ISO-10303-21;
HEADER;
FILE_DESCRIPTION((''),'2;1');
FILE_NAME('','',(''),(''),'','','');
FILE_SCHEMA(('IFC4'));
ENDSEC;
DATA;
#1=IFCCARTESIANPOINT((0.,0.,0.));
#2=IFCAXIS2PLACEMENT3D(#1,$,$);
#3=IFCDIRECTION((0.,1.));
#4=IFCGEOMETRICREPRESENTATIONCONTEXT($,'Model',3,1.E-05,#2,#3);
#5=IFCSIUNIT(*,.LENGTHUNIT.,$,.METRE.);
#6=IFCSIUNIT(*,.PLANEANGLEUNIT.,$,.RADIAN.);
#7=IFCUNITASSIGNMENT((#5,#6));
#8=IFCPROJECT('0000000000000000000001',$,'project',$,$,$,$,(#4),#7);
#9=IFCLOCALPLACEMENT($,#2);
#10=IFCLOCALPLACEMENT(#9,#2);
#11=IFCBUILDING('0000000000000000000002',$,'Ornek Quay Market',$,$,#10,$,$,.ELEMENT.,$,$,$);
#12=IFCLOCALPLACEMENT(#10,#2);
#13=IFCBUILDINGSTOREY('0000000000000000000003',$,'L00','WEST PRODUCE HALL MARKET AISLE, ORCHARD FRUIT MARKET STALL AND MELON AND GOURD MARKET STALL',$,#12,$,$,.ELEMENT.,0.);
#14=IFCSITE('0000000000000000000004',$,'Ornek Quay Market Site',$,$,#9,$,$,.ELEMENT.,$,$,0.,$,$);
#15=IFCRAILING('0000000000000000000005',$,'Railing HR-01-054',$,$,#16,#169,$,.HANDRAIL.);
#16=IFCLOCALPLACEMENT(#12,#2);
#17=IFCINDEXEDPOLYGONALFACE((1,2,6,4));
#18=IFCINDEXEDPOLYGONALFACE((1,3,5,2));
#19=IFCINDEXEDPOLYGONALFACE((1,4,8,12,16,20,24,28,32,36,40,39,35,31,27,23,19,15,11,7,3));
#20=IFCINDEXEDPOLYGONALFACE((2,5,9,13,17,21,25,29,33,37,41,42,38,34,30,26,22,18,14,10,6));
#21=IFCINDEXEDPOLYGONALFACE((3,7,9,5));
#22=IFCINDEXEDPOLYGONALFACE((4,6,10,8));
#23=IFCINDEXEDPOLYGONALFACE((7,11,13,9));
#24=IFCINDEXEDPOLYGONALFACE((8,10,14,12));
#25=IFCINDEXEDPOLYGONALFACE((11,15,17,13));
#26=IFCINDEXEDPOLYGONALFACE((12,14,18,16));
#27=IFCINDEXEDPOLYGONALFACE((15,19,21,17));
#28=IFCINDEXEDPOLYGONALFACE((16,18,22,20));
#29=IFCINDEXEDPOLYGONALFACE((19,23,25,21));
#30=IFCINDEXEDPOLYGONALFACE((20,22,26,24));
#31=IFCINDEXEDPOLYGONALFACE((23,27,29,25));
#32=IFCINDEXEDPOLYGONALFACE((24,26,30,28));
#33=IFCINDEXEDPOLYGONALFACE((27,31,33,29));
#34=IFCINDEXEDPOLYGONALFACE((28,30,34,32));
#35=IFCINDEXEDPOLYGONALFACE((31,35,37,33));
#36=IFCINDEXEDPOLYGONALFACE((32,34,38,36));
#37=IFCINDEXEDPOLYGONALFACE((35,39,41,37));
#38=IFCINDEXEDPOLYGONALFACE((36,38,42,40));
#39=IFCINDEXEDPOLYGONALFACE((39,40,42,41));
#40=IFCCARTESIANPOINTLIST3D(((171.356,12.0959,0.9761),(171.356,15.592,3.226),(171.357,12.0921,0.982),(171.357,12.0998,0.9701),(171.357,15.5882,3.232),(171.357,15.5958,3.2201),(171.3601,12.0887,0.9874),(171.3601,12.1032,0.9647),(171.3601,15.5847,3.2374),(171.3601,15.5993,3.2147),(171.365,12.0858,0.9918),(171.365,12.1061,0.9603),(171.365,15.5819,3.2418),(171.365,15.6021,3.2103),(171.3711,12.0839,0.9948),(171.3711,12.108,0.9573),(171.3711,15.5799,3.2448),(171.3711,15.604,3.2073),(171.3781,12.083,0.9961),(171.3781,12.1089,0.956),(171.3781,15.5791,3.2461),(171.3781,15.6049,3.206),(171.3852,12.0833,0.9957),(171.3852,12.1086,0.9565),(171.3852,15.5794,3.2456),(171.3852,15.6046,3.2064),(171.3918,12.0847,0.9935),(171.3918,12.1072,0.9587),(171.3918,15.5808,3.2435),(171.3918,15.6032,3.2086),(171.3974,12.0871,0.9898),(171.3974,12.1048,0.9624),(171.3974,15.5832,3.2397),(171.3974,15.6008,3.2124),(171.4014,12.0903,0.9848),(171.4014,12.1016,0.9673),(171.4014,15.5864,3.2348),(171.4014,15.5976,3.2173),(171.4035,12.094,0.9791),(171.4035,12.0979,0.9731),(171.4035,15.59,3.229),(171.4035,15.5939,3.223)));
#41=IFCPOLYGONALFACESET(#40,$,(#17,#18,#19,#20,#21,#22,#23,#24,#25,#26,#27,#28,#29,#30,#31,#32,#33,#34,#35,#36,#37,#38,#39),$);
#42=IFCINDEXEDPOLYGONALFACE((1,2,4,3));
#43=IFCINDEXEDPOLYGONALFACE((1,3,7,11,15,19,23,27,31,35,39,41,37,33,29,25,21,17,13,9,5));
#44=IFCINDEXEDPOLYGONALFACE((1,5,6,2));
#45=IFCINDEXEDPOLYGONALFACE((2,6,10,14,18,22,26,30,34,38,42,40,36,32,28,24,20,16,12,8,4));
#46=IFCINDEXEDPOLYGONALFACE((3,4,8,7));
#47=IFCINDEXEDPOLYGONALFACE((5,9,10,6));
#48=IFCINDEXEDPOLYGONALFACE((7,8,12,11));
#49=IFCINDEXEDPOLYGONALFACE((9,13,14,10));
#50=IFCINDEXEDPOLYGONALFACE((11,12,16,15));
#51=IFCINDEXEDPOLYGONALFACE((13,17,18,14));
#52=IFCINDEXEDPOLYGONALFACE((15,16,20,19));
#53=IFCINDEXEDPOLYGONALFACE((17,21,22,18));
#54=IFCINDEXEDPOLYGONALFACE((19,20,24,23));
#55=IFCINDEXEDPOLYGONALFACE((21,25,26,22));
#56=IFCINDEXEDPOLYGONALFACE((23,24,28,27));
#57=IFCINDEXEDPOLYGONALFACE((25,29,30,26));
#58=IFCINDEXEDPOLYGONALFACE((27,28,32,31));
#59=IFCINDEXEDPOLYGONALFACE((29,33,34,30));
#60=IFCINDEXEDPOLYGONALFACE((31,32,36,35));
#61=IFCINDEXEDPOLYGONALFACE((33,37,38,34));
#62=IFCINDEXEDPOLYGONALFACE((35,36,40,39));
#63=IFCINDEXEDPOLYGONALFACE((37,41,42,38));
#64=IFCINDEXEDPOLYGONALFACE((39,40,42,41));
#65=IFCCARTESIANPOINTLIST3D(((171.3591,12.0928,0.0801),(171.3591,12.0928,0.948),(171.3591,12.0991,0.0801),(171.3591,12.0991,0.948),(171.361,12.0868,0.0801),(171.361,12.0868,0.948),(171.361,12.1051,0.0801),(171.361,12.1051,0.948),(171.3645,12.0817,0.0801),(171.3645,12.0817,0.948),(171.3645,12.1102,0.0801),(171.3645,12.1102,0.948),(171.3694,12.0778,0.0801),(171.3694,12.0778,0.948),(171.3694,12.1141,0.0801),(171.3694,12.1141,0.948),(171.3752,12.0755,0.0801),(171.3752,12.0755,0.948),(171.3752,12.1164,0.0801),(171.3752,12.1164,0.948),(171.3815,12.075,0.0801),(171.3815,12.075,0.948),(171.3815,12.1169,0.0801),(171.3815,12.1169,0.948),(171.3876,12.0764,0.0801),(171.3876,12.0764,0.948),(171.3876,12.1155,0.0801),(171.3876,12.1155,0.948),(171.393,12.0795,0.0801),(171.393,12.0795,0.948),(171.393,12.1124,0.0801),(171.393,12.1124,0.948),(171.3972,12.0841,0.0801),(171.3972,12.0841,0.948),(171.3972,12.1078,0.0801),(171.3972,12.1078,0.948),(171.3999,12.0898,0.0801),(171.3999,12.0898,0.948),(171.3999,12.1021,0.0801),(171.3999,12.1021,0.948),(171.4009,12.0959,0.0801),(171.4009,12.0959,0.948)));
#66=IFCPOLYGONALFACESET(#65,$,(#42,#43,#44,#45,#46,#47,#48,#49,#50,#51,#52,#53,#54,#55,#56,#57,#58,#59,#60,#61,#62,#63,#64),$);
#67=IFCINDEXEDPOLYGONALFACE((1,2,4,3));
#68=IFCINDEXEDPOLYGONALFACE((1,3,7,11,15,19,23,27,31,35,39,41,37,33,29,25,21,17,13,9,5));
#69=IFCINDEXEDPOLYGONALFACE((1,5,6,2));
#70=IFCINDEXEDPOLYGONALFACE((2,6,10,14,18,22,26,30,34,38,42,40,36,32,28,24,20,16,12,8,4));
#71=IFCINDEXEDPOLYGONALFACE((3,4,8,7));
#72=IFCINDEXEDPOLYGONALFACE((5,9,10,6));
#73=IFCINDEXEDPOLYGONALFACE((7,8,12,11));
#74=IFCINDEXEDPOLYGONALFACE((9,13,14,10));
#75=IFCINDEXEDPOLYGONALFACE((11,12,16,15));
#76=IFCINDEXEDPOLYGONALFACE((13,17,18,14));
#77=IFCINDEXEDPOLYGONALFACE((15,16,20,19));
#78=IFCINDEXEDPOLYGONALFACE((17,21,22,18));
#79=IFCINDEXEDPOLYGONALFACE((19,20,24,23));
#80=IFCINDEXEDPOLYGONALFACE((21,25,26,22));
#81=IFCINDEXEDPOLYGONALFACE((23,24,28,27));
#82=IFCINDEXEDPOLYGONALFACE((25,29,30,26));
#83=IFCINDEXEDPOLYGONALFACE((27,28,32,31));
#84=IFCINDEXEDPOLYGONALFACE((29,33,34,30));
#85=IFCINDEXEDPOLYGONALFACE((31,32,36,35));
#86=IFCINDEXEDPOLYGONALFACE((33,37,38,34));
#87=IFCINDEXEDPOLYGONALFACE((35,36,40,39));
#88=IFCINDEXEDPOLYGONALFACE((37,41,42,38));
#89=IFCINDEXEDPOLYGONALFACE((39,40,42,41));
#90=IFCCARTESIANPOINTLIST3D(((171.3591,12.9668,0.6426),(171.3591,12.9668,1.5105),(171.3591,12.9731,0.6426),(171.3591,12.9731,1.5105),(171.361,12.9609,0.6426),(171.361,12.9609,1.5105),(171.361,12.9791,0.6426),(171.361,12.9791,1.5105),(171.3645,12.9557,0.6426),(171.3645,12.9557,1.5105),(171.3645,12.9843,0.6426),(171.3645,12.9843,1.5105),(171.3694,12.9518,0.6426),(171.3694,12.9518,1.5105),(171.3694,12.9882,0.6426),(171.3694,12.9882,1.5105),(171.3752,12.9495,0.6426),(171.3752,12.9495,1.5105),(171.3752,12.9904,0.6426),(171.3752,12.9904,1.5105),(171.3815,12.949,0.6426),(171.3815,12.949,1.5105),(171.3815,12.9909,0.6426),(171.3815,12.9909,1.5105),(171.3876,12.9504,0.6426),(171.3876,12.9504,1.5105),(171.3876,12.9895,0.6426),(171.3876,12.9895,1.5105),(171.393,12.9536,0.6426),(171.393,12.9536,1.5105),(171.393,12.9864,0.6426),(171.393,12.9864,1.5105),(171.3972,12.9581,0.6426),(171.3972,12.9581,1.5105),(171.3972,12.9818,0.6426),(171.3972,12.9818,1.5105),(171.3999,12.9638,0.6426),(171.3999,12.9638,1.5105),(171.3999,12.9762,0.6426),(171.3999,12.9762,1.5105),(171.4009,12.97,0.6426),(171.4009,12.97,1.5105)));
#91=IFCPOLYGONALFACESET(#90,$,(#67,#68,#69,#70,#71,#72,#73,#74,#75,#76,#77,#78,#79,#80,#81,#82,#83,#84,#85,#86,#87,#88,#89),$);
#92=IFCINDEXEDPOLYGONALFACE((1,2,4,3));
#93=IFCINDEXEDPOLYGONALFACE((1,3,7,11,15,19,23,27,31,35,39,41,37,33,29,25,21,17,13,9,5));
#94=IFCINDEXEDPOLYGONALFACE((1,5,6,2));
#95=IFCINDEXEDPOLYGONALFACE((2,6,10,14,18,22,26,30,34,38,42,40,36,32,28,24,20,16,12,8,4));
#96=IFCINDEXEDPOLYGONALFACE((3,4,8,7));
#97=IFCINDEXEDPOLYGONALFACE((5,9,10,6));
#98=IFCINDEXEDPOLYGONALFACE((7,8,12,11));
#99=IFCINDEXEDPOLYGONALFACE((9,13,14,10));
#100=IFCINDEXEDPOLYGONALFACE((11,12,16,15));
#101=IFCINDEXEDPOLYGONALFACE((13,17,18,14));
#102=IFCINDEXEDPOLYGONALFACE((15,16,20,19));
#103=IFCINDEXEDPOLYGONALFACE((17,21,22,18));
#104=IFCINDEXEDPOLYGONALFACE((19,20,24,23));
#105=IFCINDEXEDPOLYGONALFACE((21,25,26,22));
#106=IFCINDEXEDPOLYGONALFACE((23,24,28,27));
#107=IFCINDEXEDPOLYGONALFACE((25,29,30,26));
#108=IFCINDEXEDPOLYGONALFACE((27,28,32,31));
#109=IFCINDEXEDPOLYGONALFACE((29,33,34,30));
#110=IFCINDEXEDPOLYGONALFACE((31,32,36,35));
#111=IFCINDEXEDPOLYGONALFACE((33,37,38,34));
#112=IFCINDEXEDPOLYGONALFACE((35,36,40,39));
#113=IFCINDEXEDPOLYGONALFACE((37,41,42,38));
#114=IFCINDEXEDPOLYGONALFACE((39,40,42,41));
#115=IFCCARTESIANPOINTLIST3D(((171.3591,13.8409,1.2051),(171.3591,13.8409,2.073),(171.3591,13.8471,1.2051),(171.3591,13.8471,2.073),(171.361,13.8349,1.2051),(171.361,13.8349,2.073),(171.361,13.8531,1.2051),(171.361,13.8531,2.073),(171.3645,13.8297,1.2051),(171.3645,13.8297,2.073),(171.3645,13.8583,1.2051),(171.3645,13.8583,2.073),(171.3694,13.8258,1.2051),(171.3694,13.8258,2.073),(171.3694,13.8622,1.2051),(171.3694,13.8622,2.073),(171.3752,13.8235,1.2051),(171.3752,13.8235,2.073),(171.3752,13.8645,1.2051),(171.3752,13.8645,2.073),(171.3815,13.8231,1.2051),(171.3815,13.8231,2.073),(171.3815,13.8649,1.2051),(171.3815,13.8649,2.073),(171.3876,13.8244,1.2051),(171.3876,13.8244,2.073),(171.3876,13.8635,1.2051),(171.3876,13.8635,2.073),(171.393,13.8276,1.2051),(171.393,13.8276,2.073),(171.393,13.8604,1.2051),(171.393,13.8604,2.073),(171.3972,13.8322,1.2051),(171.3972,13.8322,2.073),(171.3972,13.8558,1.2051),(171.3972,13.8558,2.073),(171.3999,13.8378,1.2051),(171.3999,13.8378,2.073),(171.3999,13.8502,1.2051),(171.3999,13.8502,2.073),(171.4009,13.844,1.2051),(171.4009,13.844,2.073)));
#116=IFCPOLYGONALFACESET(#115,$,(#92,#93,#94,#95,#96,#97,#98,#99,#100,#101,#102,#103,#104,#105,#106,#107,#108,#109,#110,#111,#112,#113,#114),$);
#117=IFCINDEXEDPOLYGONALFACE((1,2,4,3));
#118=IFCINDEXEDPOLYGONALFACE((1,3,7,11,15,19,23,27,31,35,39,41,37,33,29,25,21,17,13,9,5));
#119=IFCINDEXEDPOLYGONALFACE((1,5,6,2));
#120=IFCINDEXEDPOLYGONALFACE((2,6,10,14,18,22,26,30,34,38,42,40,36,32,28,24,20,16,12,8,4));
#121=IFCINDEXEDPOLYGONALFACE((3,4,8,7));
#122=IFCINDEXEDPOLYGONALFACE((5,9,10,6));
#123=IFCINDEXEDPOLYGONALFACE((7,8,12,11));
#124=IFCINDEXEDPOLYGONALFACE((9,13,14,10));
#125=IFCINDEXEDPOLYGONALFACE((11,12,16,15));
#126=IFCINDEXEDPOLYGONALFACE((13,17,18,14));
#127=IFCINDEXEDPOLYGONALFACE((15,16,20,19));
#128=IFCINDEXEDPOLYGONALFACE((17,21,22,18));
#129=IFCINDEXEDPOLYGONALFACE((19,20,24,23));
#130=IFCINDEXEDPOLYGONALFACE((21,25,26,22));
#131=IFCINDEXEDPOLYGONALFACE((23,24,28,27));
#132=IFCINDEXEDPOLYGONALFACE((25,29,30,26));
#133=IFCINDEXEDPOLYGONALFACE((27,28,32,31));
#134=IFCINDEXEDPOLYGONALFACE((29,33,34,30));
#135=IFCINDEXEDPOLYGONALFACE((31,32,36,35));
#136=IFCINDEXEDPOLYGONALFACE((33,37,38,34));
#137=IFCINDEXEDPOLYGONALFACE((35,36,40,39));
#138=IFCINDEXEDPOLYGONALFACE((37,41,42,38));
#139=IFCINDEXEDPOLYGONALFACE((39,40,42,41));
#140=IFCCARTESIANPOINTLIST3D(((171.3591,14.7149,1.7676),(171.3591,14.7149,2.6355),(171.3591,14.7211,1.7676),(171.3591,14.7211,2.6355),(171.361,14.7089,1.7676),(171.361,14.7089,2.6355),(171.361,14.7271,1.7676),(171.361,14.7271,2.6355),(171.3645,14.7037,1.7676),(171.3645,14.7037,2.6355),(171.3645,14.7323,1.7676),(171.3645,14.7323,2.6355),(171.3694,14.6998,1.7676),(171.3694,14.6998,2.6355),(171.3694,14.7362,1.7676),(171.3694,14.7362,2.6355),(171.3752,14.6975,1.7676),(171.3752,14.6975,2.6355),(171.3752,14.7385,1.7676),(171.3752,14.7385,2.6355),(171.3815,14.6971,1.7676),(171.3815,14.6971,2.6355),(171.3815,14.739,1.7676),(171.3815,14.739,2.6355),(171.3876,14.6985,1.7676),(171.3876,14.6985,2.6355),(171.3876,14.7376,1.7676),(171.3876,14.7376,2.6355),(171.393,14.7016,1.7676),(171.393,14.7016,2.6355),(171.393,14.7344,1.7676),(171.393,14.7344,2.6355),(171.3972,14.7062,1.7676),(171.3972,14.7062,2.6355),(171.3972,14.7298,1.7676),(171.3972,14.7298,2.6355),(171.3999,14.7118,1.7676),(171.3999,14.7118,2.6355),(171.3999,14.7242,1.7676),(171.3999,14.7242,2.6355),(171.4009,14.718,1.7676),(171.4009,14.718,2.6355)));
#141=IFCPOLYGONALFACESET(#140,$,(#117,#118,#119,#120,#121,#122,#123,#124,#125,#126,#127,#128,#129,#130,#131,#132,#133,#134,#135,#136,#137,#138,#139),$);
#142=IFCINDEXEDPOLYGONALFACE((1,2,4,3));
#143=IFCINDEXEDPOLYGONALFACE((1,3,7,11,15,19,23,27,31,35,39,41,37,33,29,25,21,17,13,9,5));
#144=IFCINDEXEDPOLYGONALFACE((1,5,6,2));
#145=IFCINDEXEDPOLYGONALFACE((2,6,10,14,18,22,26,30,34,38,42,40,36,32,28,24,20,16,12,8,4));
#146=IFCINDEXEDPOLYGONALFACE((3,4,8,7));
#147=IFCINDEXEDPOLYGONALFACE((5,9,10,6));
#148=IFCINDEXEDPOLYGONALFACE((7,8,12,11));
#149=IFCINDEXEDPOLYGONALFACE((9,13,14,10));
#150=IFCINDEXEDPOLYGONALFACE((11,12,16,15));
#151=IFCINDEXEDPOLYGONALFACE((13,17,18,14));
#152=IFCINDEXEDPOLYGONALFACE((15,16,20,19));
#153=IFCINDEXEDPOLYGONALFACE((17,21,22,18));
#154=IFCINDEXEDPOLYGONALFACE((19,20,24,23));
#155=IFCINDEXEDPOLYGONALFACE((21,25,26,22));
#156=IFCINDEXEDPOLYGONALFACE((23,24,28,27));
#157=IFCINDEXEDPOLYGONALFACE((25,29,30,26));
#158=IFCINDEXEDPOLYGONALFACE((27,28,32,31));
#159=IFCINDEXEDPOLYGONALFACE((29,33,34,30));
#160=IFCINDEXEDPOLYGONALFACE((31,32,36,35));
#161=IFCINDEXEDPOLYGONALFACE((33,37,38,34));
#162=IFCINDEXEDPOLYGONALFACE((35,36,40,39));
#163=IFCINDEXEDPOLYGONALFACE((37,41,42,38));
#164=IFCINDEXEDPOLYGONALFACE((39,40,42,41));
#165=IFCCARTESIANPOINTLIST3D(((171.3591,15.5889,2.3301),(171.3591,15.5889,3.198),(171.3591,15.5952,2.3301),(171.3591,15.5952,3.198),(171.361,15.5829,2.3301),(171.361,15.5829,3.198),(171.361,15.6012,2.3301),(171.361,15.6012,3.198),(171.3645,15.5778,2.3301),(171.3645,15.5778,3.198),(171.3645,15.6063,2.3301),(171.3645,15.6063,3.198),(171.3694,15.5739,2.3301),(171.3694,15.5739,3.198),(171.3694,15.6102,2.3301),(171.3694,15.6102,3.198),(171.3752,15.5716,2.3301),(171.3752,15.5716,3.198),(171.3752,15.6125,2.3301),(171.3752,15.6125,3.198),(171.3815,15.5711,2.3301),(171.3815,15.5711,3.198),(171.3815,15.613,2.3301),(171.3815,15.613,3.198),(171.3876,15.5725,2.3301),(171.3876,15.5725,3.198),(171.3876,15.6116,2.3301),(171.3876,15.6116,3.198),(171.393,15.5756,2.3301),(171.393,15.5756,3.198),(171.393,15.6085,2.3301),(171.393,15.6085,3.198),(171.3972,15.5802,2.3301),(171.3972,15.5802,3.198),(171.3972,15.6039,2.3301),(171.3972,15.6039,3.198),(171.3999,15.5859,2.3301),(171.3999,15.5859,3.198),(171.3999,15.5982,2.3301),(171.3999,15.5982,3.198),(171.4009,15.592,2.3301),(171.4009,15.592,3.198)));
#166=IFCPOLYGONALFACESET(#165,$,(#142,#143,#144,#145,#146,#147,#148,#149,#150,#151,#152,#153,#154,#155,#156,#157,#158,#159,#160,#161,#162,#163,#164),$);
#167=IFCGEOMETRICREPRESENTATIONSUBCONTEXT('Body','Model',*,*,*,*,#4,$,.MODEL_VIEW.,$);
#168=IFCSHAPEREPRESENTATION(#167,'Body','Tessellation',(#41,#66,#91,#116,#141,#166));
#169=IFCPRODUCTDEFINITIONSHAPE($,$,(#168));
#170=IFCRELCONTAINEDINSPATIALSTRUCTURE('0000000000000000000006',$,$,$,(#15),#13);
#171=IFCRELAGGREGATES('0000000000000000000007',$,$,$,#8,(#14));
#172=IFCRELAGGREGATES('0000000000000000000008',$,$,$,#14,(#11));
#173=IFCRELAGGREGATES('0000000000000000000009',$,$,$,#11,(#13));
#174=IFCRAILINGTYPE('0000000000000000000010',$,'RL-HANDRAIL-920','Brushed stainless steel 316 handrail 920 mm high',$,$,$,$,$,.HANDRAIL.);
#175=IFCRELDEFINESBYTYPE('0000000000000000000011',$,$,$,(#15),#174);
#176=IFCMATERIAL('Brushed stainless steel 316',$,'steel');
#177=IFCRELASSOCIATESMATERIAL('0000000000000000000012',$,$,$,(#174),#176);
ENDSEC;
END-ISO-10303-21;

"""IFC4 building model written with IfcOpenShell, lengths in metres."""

from ifc_helpers import new_model, si_unit, direction, frame, origin, origin_2d, place, context, subcontext, project, spatial, circle, extrude, material, type_object, element, save


model = new_model("IFC4")

# Units and contexts
model_context = context("Model", 3, precision=1e-05, world=origin(), true_north=direction((0.0, 1.0)))
body_context = subcontext(model_context, "Body", "Model", "MODEL_VIEW")
ifc_project = project(units=[si_unit("LENGTHUNIT", "METRE"), si_unit("PLANEANGLEUNIT", "RADIAN")], contexts=[model_context])

# Site, building, storey
site_placement = place(None, origin())
site = spatial("IfcSite", under=ifc_project, at=site_placement, Name="Ornek Quay Market Site", CompositionType="ELEMENT", RefElevation=0.0)
building_placement = place(site_placement, origin())
building = spatial("IfcBuilding", under=site, at=building_placement, Name="Ornek Quay Market", CompositionType="ELEMENT")
storey_placement = place(building_placement, origin())
storey = spatial("IfcBuildingStorey", under=building, at=storey_placement, Name="L00", Description="WEST PRODUCE HALL MARKET AISLE, ORCHARD FRUIT MARKET STALL AND MELON AND GOURD MARKET STALL", CompositionType="ELEMENT", Elevation=0.0)

# Railing
ifc_material_1 = material(Name="Brushed stainless steel 316", Category="steel")
railing_type_1 = type_object("IfcRailingType", Name="RL-HANDRAIL-920", Description="Brushed stainless steel 316 handrail 920 mm high", PredefinedType="HANDRAIL", material=ifc_material_1)
railing_1_placement = place(storey_placement, frame((171.3799, 12.0959, 0.0801)))
element("IfcRailing", 1, at=railing_1_placement, inside=storey, type_object=railing_type_1, Name="Railing HR-01-054", PredefinedType="HANDRAIL", context=body_context, shape_type="SweptSolid", body=[
    extrude(circle(Radius=0.0239, at=origin_2d()), frame((0.0, 0.0, 0.896), z_axis=(0.0, 0.840904, 0.541185), x_axis=(-1.0, 0.0, 0.0)), (0.0, 0.0, 1.0), 4.1575),
    extrude(circle(Radius=0.021, at=origin_2d()), origin(), (0.0, 0.0, 1.0), 0.8679),
    extrude(circle(Radius=0.021, at=origin_2d()), frame((0.0, 0.874, 0.5625)), (0.0, 0.0, 1.0), 0.8679),
    extrude(circle(Radius=0.021, at=origin_2d()), frame((0.0, 1.748, 1.125)), (0.0, 0.0, 1.0), 0.8679),
    extrude(circle(Radius=0.021, at=origin_2d()), frame((0.0, 2.6221, 1.6875)), (0.0, 0.0, 1.0), 0.8679),
    extrude(circle(Radius=0.021, at=origin_2d()), frame((0.0, 3.4961, 2.25)), (0.0, 0.0, 1.0), 0.8679),
])

save(model, "model.ifc")
